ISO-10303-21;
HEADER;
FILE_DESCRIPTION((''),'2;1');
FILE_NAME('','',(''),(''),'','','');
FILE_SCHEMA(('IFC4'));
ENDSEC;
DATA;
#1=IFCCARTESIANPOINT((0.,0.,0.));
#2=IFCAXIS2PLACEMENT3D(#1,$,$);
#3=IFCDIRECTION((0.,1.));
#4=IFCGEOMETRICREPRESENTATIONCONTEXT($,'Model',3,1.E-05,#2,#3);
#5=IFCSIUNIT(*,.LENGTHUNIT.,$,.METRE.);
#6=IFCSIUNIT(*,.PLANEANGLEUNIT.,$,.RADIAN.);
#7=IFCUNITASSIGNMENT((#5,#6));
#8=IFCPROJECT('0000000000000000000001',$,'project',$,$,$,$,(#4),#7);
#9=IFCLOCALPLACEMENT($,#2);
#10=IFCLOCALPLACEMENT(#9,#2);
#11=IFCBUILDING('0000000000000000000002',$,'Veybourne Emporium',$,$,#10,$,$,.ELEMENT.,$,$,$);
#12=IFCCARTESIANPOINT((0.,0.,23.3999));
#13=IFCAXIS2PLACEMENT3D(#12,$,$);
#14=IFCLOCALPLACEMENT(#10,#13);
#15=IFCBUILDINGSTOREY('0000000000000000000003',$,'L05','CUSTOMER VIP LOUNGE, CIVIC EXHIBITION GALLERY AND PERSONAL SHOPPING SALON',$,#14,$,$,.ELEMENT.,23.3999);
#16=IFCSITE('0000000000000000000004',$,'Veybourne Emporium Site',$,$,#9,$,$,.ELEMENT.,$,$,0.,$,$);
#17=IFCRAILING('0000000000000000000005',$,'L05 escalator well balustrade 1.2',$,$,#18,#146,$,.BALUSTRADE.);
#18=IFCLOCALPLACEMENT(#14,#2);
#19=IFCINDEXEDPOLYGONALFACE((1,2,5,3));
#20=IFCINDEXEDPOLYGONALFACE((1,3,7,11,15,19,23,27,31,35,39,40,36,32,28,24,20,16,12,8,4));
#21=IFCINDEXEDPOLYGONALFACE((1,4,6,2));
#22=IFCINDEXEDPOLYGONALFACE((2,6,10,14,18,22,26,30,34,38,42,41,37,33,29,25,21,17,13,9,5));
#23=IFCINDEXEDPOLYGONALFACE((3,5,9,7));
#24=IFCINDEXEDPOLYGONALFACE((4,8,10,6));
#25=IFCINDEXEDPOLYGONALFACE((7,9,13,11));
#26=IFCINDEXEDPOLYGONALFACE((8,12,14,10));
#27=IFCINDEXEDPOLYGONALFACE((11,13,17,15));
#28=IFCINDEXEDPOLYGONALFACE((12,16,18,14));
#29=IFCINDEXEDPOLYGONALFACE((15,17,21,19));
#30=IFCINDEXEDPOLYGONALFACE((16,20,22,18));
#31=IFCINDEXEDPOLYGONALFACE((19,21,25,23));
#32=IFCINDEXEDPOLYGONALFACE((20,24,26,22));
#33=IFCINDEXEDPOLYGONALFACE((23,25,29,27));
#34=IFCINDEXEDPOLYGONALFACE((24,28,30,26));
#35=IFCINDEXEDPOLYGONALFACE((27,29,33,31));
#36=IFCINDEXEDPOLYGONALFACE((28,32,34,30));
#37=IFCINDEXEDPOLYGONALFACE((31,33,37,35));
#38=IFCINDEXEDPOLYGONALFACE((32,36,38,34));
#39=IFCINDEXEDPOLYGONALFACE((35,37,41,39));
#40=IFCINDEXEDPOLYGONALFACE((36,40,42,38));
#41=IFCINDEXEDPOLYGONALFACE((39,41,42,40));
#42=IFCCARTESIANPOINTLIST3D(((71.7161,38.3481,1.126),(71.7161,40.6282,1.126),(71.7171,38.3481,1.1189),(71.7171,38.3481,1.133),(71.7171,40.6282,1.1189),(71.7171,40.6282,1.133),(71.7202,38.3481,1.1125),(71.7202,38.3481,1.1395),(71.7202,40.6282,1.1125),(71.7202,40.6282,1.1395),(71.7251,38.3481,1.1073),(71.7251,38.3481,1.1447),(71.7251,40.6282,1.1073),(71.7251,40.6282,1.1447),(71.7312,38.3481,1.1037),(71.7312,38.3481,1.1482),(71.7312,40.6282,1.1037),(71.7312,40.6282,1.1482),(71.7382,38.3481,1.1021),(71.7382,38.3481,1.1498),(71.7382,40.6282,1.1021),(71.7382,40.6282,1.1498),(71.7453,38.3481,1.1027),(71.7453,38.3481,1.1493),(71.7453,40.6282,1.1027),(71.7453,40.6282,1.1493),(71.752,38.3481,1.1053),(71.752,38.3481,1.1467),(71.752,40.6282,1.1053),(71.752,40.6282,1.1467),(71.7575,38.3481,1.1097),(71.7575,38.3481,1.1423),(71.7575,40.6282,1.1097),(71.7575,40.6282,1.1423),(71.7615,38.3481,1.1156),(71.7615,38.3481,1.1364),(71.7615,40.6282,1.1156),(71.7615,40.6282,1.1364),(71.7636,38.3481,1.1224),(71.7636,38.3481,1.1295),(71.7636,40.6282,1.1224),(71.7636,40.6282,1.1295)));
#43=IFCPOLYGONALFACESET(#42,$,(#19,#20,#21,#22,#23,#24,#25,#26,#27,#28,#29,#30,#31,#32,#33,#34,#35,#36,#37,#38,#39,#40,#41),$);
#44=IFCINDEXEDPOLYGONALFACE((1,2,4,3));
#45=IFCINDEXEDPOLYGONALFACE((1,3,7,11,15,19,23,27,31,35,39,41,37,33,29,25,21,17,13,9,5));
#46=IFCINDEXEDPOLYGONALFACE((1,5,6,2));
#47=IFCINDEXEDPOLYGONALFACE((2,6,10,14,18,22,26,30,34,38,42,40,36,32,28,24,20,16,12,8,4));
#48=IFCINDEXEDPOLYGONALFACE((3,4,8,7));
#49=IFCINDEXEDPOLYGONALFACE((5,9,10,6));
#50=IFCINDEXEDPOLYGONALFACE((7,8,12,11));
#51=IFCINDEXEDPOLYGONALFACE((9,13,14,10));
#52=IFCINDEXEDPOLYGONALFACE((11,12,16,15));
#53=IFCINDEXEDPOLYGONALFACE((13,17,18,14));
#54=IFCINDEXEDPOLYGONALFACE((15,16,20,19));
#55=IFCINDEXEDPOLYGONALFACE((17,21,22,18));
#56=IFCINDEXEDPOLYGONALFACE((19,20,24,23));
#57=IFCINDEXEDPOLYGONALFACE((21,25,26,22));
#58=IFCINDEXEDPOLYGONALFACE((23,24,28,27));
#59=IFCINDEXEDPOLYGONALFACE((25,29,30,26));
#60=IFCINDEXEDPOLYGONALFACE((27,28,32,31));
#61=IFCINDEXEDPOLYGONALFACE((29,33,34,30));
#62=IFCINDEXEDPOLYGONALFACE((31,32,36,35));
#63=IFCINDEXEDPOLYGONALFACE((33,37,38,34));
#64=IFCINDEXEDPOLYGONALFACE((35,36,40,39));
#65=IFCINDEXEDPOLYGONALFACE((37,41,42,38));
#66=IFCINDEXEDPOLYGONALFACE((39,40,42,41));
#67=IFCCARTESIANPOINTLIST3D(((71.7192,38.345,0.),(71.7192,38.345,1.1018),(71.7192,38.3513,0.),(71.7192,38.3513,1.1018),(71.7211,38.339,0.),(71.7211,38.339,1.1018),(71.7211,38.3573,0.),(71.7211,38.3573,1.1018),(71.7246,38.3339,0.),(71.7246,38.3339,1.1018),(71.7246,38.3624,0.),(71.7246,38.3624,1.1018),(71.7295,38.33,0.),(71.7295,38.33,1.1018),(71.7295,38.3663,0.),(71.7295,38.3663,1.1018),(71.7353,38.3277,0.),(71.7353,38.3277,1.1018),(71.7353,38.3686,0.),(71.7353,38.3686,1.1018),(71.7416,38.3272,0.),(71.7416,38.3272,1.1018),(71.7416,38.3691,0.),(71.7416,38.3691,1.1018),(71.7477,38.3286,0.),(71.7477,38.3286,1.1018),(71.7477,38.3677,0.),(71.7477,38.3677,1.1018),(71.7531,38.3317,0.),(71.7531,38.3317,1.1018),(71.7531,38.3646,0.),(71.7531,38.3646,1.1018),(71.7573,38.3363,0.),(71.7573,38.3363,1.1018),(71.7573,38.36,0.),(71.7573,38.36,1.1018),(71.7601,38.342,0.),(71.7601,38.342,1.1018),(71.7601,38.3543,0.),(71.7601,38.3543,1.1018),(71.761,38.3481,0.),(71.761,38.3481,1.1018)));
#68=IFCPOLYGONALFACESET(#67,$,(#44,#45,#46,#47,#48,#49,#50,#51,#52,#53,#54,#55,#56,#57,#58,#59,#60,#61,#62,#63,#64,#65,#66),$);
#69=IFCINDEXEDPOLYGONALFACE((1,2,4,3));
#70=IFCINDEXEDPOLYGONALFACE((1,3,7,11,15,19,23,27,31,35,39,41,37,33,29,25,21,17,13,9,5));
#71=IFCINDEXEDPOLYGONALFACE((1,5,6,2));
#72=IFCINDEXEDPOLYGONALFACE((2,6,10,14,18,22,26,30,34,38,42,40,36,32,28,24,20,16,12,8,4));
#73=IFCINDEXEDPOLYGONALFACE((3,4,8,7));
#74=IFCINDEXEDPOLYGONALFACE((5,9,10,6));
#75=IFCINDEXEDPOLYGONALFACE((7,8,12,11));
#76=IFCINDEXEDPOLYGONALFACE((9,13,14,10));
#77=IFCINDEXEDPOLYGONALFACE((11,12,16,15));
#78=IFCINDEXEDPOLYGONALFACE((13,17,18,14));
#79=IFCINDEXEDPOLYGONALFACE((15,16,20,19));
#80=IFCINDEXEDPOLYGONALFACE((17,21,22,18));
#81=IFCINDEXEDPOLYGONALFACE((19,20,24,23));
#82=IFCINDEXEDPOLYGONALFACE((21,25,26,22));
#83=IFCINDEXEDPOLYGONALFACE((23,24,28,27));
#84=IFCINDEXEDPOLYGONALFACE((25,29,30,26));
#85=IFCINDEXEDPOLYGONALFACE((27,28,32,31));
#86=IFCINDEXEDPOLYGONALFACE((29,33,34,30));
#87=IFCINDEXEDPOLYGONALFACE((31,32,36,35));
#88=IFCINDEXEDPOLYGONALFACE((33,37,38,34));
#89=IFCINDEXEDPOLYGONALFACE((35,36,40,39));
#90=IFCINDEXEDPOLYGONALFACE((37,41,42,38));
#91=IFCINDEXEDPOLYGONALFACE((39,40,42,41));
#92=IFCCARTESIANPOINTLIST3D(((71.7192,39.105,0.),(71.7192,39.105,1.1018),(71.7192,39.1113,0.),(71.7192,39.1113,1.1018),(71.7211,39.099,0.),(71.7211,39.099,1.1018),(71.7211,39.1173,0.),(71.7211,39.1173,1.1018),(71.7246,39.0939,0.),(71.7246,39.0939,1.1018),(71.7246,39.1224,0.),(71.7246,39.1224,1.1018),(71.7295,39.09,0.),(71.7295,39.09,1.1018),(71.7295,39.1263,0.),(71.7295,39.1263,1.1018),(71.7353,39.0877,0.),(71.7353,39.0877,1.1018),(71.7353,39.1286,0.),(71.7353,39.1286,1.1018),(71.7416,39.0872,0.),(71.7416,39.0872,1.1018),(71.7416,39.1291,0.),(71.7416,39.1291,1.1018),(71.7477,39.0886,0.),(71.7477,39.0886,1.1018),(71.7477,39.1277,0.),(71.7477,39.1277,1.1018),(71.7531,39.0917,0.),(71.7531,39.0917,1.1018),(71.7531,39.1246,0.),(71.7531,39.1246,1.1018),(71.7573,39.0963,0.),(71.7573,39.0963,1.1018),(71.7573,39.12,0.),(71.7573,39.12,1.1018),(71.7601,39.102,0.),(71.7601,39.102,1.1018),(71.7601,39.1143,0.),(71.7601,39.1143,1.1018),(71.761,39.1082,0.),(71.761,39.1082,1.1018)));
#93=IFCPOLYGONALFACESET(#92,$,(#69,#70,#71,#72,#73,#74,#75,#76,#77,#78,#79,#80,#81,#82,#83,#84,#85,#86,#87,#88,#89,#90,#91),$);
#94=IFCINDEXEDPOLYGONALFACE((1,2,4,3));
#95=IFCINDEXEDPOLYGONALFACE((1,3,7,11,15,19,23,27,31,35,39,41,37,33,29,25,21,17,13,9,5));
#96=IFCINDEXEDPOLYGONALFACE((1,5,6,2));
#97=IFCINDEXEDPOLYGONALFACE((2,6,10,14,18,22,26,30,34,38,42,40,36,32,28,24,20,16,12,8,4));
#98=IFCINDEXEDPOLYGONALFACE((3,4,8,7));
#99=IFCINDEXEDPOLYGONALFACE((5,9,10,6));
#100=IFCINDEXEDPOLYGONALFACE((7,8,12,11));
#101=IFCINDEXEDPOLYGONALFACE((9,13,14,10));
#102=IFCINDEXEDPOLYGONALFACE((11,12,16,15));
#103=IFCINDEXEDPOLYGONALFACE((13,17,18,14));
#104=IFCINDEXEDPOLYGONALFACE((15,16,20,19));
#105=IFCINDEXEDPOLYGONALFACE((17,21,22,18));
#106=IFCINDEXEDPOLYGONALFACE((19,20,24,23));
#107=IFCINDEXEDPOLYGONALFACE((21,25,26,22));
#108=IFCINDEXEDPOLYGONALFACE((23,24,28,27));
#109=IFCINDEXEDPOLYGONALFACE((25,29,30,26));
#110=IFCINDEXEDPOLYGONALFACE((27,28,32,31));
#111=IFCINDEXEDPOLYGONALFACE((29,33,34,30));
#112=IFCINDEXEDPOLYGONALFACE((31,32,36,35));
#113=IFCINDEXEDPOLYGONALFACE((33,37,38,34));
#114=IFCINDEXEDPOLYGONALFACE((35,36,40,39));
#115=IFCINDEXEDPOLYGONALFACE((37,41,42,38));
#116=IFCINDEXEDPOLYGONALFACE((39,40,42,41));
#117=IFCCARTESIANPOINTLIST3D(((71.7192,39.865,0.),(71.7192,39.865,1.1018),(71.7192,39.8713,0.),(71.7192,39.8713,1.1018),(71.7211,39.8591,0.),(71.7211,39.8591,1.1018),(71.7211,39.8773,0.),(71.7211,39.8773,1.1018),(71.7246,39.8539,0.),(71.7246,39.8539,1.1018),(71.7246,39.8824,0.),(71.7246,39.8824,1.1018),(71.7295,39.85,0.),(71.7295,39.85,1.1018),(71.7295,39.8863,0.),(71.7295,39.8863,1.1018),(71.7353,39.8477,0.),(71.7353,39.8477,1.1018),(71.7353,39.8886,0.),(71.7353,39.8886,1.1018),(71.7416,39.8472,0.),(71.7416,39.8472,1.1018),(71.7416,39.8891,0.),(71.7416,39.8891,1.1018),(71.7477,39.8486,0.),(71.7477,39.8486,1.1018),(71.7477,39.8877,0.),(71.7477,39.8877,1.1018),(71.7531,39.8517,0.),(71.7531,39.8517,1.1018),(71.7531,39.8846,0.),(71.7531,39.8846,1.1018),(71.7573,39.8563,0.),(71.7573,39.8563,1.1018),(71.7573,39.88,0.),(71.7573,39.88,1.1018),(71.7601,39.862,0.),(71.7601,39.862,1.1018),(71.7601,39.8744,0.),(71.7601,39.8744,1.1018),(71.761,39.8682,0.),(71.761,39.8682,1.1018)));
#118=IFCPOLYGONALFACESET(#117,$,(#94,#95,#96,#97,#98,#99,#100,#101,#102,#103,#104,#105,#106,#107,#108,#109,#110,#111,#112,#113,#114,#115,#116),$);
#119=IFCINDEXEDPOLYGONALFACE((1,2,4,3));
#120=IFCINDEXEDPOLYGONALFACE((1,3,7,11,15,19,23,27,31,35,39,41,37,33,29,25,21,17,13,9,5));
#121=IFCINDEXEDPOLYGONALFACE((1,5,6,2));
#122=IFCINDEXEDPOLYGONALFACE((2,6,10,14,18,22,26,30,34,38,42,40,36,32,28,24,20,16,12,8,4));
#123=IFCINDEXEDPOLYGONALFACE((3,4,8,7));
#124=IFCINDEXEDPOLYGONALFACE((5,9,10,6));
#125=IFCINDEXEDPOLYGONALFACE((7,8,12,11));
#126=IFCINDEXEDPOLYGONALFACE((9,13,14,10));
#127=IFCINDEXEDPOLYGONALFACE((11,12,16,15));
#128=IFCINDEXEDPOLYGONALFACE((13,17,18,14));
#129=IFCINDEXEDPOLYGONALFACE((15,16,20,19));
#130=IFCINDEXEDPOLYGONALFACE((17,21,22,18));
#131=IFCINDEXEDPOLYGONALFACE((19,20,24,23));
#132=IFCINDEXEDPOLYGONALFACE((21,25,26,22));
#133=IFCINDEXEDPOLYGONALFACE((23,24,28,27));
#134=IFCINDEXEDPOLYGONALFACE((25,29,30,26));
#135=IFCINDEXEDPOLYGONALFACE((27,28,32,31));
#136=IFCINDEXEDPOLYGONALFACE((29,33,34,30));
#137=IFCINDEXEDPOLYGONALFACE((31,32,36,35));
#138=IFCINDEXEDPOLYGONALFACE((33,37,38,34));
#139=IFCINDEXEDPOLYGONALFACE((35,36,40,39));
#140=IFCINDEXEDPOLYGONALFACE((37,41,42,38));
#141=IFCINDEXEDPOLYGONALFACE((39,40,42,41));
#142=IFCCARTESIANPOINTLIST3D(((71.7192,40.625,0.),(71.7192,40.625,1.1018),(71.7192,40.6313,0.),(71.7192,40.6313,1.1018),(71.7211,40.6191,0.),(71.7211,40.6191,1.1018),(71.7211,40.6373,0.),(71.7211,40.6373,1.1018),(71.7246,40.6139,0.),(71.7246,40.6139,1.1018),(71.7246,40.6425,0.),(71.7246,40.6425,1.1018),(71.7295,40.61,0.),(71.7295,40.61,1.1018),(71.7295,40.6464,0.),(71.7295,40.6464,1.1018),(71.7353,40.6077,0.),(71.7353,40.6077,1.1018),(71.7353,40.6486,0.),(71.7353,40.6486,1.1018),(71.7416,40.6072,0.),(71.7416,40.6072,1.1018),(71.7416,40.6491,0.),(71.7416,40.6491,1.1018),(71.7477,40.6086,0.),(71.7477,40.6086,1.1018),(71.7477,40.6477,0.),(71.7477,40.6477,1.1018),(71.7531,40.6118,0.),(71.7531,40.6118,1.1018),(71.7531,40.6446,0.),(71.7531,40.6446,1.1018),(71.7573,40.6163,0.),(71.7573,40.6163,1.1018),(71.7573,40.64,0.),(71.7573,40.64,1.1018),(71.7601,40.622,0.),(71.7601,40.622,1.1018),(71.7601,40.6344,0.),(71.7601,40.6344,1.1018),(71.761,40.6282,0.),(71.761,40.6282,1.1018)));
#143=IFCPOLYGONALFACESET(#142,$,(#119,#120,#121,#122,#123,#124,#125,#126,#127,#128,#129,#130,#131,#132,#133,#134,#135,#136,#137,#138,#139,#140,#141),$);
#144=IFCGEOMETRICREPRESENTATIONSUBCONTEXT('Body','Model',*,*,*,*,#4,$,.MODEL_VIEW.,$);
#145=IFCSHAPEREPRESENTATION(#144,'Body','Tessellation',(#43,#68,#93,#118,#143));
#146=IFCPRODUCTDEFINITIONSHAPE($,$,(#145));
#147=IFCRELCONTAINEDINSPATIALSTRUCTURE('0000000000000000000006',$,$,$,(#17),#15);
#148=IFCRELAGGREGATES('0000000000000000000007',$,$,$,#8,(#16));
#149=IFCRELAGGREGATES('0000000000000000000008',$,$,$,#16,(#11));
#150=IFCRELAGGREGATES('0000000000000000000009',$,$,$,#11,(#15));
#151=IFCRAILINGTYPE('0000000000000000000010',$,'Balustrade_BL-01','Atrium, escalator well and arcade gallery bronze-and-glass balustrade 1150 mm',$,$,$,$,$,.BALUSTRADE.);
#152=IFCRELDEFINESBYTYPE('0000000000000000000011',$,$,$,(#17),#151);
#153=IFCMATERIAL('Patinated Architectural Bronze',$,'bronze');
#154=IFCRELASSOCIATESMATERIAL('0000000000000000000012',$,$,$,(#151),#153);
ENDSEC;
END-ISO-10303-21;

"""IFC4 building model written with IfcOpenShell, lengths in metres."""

from ifc_helpers import new_model, si_unit, direction, frame, origin, origin_2d, place, context, subcontext, project, spatial, circle, extrude, material, type_object, element, save


model = new_model("IFC4")

# Units and contexts
model_context = context("Model", 3, precision=1e-05, world=origin(), true_north=direction((0.0, 1.0)))
body_context = subcontext(model_context, "Body", "Model", "MODEL_VIEW")
ifc_project = project(units=[si_unit("LENGTHUNIT", "METRE"), si_unit("PLANEANGLEUNIT", "RADIAN")], contexts=[model_context])

# Site, building, storey
site_placement = place(None, origin())
site = spatial("IfcSite", under=ifc_project, at=site_placement, Name="Veybourne Emporium Site", CompositionType="ELEMENT", RefElevation=0.0)
building_placement = place(site_placement, origin())
building = spatial("IfcBuilding", under=site, at=building_placement, Name="Veybourne Emporium", CompositionType="ELEMENT")
storey_placement = place(building_placement, frame((0.0, 0.0, 23.3999)))
storey = spatial("IfcBuildingStorey", under=building, at=storey_placement, Name="L05", Description="CUSTOMER VIP LOUNGE, CIVIC EXHIBITION GALLERY AND PERSONAL SHOPPING SALON", CompositionType="ELEMENT", Elevation=23.3999)

# Railing
ifc_material_1 = material(Name="Patinated Architectural Bronze", Category="bronze")
railing_type = type_object("IfcRailingType", Name="Balustrade_BL-01", Description="Atrium, escalator well and arcade gallery bronze-and-glass balustrade 1150 mm", PredefinedType="BALUSTRADE", material=ifc_material_1)
railing_1_placement = place(storey_placement, frame((71.74, 38.3481, 0.0)))
element("IfcRailing", 1, at=railing_1_placement, inside=storey, type_object=railing_type, Name="L05 escalator well balustrade 1.2", PredefinedType="BALUSTRADE", context=body_context, shape_type="SweptSolid", body=[
    extrude(circle(Radius=0.0239, at=origin_2d()), frame((0.0, 0.0, 1.126), z_axis=(0.0, 1.0, 0.0), x_axis=(-1.0, 0.0, 0.0)), (0.0, 0.0, 1.0), 2.28),
    extrude(circle(Radius=0.021, at=origin_2d()), origin(), (0.0, 0.0, 1.0), 1.1018),
    extrude(circle(Radius=0.021, at=origin_2d()), frame((0.0, 0.76, 0.0)), (0.0, 0.0, 1.0), 1.1018),
    extrude(circle(Radius=0.021, at=origin_2d()), frame((0.0, 1.52, 0.0)), (0.0, 0.0, 1.0), 1.1018),
    extrude(circle(Radius=0.021, at=origin_2d()), frame((0.0, 2.28, 0.0)), (0.0, 0.0, 1.0), 1.1018),
])

save(model, "model.ifc")
